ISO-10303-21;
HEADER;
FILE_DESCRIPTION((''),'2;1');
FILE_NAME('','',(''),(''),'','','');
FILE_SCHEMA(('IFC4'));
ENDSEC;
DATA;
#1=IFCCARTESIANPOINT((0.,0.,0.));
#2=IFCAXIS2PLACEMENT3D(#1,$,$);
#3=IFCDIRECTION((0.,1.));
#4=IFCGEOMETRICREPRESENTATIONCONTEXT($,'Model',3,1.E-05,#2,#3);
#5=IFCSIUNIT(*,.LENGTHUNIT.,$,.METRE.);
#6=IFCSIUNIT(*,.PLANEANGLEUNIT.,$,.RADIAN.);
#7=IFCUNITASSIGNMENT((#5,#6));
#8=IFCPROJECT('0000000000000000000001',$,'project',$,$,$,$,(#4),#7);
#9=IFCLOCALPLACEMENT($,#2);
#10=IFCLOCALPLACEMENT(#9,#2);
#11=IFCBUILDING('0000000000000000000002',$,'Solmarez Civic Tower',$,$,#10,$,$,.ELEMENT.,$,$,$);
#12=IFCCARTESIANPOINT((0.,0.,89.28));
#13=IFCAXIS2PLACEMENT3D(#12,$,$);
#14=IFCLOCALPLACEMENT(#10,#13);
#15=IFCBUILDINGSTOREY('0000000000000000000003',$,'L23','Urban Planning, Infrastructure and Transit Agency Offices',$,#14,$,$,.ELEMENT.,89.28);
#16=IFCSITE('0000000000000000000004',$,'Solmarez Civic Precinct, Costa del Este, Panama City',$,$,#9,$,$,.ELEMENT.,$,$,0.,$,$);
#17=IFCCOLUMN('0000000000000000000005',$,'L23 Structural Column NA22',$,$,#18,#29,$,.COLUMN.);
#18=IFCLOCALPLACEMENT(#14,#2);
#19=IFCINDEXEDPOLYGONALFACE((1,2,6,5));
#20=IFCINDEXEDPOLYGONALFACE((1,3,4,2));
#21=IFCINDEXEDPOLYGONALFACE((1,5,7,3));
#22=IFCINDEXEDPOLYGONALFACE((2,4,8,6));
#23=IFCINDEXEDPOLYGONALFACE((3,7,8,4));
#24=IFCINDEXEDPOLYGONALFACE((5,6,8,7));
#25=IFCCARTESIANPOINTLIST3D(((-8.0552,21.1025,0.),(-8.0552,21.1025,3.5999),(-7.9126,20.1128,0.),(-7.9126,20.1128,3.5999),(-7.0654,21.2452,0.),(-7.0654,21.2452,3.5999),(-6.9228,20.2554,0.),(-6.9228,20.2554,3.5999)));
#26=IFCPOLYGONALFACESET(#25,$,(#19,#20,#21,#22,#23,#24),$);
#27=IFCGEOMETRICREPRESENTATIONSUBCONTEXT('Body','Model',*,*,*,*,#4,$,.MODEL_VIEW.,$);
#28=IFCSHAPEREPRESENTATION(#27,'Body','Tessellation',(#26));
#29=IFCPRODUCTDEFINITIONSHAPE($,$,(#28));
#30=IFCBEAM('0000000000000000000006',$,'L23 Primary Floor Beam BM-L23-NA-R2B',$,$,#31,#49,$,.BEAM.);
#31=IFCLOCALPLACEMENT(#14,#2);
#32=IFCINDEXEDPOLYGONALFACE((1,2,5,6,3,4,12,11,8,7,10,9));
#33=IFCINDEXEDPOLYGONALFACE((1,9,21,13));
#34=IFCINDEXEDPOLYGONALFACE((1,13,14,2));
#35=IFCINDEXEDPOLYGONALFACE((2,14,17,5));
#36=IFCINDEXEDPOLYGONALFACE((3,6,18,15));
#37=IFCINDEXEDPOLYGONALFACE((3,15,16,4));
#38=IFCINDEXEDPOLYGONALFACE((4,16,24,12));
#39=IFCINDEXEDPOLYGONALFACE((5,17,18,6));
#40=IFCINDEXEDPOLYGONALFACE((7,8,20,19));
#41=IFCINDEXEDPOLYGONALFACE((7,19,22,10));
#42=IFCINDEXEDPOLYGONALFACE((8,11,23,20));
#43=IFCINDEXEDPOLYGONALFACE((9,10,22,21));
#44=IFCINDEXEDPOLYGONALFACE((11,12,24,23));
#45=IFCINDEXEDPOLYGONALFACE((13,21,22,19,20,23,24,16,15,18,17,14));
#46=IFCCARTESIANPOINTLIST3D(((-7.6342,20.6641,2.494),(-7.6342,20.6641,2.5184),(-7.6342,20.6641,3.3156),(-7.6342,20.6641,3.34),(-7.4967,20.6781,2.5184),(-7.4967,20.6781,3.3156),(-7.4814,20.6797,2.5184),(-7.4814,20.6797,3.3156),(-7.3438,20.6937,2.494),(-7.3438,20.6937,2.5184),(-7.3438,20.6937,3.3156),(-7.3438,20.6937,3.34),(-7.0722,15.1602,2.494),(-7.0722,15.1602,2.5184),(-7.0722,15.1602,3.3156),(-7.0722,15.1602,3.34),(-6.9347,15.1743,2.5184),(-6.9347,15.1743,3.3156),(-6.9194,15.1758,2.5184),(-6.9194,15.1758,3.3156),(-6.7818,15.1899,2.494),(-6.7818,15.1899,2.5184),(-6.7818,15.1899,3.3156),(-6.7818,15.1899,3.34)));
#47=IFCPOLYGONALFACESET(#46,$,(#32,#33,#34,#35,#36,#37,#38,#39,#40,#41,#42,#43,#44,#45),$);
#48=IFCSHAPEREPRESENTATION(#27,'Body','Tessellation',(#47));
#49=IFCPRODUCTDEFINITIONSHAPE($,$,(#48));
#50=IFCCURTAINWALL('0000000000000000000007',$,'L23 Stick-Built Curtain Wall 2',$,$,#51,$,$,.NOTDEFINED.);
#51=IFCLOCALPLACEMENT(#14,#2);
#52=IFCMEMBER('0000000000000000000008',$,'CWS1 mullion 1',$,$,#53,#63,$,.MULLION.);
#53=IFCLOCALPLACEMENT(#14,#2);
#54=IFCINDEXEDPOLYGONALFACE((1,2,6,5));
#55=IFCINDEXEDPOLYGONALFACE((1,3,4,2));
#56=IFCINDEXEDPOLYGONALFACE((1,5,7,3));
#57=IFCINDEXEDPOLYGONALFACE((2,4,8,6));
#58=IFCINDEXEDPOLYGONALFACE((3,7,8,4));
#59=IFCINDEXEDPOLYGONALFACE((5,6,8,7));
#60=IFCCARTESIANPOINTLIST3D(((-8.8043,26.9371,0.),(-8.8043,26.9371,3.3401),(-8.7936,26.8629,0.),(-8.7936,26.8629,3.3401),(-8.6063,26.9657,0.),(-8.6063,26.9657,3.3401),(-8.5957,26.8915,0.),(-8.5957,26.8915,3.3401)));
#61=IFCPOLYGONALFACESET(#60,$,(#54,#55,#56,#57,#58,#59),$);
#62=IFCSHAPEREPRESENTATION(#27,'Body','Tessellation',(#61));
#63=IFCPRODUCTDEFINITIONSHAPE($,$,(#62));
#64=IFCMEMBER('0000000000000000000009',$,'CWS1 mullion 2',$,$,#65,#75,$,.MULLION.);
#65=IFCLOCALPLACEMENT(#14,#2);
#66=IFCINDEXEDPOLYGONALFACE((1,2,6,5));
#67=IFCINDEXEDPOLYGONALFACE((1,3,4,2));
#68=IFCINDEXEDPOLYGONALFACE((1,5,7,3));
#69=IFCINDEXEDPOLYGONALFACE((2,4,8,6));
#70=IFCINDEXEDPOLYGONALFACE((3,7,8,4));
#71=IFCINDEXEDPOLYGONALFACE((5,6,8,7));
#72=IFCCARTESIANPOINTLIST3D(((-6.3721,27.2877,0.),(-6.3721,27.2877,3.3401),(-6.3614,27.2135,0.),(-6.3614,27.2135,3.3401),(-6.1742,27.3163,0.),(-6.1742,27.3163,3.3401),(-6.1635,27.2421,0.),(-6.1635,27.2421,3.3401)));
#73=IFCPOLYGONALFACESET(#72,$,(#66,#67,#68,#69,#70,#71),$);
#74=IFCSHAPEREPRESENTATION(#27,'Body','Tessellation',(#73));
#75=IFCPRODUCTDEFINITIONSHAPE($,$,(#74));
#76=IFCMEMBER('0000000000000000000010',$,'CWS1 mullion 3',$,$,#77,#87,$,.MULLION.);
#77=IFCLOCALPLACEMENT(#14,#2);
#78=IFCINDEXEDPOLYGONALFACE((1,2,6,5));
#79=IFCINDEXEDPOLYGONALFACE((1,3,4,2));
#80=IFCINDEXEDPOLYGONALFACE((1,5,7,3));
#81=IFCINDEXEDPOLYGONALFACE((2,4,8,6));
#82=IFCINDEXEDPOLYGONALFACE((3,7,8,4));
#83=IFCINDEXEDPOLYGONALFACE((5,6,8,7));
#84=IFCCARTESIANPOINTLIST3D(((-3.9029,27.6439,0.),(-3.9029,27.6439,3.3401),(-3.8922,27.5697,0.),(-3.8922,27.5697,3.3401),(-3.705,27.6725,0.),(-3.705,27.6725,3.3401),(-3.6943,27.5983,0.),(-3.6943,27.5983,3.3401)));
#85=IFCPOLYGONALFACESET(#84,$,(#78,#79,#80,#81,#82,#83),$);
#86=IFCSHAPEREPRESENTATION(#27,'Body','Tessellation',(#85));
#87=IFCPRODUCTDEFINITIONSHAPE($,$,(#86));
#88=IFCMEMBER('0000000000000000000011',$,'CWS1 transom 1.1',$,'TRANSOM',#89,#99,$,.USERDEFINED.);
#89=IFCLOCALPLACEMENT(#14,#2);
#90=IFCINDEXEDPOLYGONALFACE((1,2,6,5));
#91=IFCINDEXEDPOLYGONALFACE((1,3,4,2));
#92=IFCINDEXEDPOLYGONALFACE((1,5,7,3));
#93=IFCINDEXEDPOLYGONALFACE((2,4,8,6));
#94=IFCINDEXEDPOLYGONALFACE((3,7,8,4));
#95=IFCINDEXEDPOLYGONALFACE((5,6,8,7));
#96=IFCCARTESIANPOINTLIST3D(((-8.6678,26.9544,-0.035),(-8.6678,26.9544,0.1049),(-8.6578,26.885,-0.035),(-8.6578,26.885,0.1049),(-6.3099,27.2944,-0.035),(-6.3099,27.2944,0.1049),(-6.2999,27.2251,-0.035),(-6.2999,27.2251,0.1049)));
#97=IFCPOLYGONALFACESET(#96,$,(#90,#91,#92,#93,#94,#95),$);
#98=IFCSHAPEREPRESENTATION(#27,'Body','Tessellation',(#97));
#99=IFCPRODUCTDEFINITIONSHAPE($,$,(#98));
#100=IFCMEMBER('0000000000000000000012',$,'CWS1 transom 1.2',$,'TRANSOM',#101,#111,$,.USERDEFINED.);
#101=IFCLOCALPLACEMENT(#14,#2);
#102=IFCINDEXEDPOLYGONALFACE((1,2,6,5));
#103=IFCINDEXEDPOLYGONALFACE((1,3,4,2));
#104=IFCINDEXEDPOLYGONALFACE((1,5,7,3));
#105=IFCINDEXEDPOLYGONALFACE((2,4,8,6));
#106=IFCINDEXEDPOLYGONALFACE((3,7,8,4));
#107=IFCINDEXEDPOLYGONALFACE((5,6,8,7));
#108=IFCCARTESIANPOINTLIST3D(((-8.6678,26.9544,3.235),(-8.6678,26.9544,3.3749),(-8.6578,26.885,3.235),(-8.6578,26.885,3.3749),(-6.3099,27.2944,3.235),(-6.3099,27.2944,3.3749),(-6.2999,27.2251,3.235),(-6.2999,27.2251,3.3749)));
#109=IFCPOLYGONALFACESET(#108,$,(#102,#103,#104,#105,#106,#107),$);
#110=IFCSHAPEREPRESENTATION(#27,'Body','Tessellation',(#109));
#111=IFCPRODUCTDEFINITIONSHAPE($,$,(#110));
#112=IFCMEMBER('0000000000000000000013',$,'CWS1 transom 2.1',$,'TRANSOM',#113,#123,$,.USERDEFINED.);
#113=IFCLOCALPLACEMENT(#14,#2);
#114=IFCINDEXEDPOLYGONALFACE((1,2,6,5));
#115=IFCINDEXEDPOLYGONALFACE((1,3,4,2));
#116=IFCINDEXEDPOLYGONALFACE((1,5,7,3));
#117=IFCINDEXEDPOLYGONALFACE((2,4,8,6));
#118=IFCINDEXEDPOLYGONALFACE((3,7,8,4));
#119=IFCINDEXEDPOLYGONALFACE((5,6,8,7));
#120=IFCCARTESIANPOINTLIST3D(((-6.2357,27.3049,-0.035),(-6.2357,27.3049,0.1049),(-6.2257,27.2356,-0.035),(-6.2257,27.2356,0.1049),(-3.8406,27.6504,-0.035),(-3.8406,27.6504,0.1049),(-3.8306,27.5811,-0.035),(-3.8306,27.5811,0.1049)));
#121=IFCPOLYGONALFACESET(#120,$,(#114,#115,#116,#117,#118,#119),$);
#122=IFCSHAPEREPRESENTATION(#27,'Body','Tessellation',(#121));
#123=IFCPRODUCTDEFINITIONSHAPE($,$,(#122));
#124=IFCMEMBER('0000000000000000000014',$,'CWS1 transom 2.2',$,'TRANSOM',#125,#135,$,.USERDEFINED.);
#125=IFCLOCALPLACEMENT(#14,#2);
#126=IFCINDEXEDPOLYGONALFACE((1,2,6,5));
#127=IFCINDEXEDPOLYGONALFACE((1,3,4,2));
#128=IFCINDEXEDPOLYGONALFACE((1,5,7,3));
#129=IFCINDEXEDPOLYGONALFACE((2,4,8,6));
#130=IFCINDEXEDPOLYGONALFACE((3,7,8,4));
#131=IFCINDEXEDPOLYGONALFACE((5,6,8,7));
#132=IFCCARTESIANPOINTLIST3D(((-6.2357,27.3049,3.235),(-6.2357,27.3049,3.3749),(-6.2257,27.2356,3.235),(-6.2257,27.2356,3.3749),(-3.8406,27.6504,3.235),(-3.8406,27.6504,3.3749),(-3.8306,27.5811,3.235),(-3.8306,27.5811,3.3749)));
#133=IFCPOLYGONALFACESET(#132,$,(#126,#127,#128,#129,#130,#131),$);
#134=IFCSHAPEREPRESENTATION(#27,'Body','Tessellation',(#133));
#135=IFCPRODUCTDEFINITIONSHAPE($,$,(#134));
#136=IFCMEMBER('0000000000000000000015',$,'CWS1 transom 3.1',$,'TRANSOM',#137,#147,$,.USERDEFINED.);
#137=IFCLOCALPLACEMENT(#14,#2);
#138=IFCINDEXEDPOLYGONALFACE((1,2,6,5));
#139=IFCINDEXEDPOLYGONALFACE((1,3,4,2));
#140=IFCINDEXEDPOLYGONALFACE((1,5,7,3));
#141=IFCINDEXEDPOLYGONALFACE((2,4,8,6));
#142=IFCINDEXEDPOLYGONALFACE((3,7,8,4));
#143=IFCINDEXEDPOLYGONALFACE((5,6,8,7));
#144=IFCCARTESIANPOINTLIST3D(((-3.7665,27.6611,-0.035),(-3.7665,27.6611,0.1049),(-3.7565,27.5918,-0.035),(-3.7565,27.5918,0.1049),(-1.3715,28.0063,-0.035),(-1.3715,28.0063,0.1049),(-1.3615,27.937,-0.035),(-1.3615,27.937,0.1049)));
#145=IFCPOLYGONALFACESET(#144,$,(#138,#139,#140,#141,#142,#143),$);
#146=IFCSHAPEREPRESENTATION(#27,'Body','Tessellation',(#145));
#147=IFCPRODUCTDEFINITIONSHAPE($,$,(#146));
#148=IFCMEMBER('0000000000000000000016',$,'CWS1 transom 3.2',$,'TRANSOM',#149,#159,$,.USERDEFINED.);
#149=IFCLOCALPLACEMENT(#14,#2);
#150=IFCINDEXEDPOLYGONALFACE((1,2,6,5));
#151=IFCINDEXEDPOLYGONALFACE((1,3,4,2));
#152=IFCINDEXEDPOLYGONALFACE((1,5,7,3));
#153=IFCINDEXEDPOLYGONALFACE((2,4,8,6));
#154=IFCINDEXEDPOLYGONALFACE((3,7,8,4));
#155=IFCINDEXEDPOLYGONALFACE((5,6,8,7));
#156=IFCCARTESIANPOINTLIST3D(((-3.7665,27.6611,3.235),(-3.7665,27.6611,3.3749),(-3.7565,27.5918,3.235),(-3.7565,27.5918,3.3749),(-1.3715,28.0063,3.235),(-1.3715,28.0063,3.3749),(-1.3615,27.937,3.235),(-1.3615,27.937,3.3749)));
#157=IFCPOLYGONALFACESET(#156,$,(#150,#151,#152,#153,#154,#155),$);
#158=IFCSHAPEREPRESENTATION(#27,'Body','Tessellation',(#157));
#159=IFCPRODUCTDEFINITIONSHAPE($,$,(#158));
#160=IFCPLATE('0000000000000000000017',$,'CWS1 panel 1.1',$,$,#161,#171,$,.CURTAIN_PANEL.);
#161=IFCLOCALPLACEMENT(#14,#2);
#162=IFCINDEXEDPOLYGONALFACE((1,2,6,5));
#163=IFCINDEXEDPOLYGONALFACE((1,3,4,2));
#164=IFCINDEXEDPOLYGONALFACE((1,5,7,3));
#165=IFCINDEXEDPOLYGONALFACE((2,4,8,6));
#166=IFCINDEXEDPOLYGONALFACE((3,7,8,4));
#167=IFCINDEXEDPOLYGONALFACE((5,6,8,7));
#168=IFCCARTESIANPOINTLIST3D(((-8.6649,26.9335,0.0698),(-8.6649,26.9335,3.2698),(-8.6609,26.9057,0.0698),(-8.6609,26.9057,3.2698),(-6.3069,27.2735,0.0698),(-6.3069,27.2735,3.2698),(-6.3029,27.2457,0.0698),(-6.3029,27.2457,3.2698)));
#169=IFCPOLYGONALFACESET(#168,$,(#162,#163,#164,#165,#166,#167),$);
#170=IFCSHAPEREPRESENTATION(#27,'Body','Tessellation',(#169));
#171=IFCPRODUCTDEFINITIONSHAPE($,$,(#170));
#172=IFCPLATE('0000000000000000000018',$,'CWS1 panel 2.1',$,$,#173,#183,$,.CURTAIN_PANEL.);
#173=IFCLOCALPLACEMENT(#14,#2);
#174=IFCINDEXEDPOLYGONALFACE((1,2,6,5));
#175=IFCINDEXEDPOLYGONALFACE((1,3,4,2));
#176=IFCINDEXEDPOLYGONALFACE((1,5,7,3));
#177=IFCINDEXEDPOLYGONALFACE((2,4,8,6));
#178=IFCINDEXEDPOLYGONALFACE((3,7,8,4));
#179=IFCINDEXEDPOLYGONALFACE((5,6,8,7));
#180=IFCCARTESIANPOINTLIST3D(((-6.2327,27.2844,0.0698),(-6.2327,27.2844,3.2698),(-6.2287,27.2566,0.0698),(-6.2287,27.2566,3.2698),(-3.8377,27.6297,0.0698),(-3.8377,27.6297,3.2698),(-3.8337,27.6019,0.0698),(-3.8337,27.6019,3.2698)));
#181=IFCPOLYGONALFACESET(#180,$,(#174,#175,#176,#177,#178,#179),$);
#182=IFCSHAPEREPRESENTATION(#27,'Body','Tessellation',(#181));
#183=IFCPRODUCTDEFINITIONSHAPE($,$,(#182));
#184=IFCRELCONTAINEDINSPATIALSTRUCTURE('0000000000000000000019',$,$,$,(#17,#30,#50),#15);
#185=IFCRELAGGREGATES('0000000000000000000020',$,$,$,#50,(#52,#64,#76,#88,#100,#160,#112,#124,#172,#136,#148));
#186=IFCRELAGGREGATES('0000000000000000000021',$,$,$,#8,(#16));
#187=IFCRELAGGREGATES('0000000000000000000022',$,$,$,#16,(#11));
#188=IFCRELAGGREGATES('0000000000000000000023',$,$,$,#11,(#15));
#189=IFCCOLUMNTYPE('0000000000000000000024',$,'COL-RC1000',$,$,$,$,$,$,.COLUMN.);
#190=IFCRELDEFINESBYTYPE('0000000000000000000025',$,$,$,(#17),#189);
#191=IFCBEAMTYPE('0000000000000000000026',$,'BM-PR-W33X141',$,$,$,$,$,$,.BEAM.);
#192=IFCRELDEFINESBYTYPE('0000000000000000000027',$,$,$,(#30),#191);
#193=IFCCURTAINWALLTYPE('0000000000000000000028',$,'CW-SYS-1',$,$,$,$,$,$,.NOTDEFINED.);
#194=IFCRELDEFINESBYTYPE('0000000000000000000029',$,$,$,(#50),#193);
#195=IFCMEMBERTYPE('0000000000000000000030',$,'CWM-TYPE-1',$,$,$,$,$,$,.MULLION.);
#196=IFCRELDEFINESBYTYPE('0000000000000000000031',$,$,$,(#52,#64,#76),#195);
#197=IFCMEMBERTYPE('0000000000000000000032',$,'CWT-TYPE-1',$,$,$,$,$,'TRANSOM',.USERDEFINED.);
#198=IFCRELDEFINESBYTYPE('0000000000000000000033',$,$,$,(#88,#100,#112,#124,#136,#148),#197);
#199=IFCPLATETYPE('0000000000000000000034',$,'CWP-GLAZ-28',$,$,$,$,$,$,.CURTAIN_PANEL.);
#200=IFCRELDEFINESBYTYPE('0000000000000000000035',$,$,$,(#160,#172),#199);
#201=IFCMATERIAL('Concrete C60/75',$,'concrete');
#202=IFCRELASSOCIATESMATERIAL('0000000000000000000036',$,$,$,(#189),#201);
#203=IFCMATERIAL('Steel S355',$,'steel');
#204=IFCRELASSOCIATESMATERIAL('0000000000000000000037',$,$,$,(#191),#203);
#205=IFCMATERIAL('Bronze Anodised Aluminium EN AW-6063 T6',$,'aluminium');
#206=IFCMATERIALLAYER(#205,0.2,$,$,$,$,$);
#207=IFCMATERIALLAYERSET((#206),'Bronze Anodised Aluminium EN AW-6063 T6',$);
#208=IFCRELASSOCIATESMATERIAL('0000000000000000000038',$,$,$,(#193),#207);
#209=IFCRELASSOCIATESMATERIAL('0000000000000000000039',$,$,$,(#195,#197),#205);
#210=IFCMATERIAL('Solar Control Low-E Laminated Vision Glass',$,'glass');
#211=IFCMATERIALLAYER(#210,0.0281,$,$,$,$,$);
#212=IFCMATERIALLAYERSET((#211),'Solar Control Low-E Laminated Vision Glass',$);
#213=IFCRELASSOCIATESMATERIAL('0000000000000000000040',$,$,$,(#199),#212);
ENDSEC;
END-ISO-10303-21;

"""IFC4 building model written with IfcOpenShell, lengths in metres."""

from ifc_helpers import new_model, si_unit, direction, frame, origin, origin_2d, place, context, subcontext, project, spatial, rectangle, i_section, extrude, material, layer, layer_set, material_profile, profile_set, type_object, element, aggregate, save


model = new_model("IFC4")

# Units and contexts
model_context = context("Model", 3, precision=1e-05, world=origin(), true_north=direction((0.0, 1.0)))
body_context = subcontext(model_context, "Body", "Model", "MODEL_VIEW")
ifc_project = project(units=[si_unit("LENGTHUNIT", "METRE"), si_unit("PLANEANGLEUNIT", "RADIAN")], contexts=[model_context])

# Site, building, storey
site_placement = place(None, origin())
site = spatial("IfcSite", under=ifc_project, at=site_placement, Name="Solmarez Civic Precinct, Costa del Este, Panama City", CompositionType="ELEMENT", RefElevation=0.0)
building_placement = place(site_placement, origin())
building = spatial("IfcBuilding", under=site, at=building_placement, Name="Solmarez Civic Tower", CompositionType="ELEMENT")
storey_placement = place(building_placement, frame((0.0, 0.0, 89.28)))
storey = spatial("IfcBuildingStorey", under=building, at=storey_placement, Name="L23", Description="Urban Planning, Infrastructure and Transit Agency Offices", CompositionType="ELEMENT", Elevation=89.28)

# Column
ifc_material_1 = material(Name="Concrete C60/75", Category="concrete")
ifc_material_profile_1 = material_profile(ifc_material_1, rectangle(XDim=1.0, YDim=1.0, at=origin_2d()), Name="RC1000X1000")
ifc_profile_set_1 = profile_set([ifc_material_profile_1], Name="Concrete C60/75")
column_type = type_object("IfcColumnType", Name="COL-RC1000", PredefinedType="COLUMN", material=ifc_profile_set_1)
column_placement = place(storey_placement, frame((-7.489, 20.679, 0.0), z_axis=(0.0, 0.0, 1.0), x_axis=(0.989776, 0.142629, 0.0)))
element("IfcColumn", 1, at=column_placement, inside=storey, type_object=column_type, Name="L23 Structural Column NA22", PredefinedType="COLUMN", context=body_context, shape_type="SweptSolid", body=[
    extrude(rectangle(XDim=1.0, YDim=1.0, at=origin_2d()), origin(), (0.0, 0.0, 1.0), 3.5999),
])

# Beam
ifc_material_2 = material(Name="Steel S355", Category="steel")
ifc_material_profile_2 = material_profile(ifc_material_2, i_section(OverallWidth=0.292, OverallDepth=0.8459, WebThickness=0.0154, FlangeThickness=0.0244, at=origin_2d()), Name="W33X141")
ifc_profile_set_2 = profile_set([ifc_material_profile_2], Name="Steel S355")
beam_type = type_object("IfcBeamType", Name="BM-PR-W33X141", PredefinedType="BEAM", material=ifc_profile_set_2)
beam_placement = place(storey_placement, frame((-6.927, 15.175, 2.917), z_axis=(-0.101583, 0.994827, 0.0), x_axis=(-0.994827, -0.101583, 0.0)))
element("IfcBeam", 2, at=beam_placement, inside=storey, type_object=beam_type, Name="L23 Primary Floor Beam BM-L23-NA-R2B", PredefinedType="BEAM", context=body_context, shape_type="SweptSolid", body=[
    extrude(i_section(OverallWidth=0.292, OverallDepth=0.8459, WebThickness=0.0154, FlangeThickness=0.0244, at=origin_2d()), origin(), (0.0, 0.0, 1.0), 5.5325),
])

# Curtain wall, members, plates
ifc_material_3 = material(Name="Bronze Anodised Aluminium EN AW-6063 T6", Category="aluminium")
ifc_layer_1 = layer(ifc_material_3, 0.2)
ifc_layer_set_1 = layer_set([ifc_layer_1], Name="Bronze Anodised Aluminium EN AW-6063 T6")
curtain_wall_type = type_object("IfcCurtainWallType", Name="CW-SYS-1", PredefinedType="NOTDEFINED", material=ifc_layer_set_1)
curtain_wall_placement = place(storey_placement, origin())
curtain_wall = element("IfcCurtainWall", 3, at=curtain_wall_placement, inside=storey, type_object=curtain_wall_type, Name="L23 Stick-Built Curtain Wall 2", PredefinedType="NOTDEFINED")
ifc_material_profile_3 = material_profile(ifc_material_3, rectangle(XDim=0.075, YDim=0.2, at=origin_2d()), Name="CWM-75X200")
ifc_profile_set_3 = profile_set([ifc_material_profile_3], Name="Bronze Anodised Aluminium EN AW-6063 T6")
member_type_1 = type_object("IfcMemberType", Name="CWM-TYPE-1", PredefinedType="MULLION", material=ifc_profile_set_3)
member_1_placement = place(storey_placement, frame((-8.7, 26.9143, 0.0), z_axis=(0.0, 0.0, 1.0), x_axis=(-0.142698, 0.989766, 0.0)))
member_1 = element("IfcMember", 4, at=member_1_placement, type_object=member_type_1, Name="CWS1 mullion 1", PredefinedType="MULLION", context=body_context, shape_type="SweptSolid", body=[
    extrude(rectangle(XDim=0.075, YDim=0.2, at=origin_2d()), origin(), (0.0, 0.0, 1.0), 3.3401),
])
member_2_placement = place(storey_placement, frame((-6.2678, 27.2649, 0.0), z_axis=(0.0, 0.0, 1.0), x_axis=(-0.142698, 0.989766, 0.0)))
member_2 = element("IfcMember", 5, at=member_2_placement, type_object=member_type_1, Name="CWS1 mullion 2", PredefinedType="MULLION", context=body_context, shape_type="SweptSolid", body=[
    extrude(rectangle(XDim=0.075, YDim=0.2, at=origin_2d()), origin(), (0.0, 0.0, 1.0), 3.3401),
])
member_3_placement = place(storey_placement, frame((-3.7986, 27.6211, 0.0), z_axis=(0.0, 0.0, 1.0), x_axis=(-0.142698, 0.989766, 0.0)))
member_3 = element("IfcMember", 6, at=member_3_placement, type_object=member_type_1, Name="CWS1 mullion 3", PredefinedType="MULLION", context=body_context, shape_type="SweptSolid", body=[
    extrude(rectangle(XDim=0.075, YDim=0.2, at=origin_2d()), origin(), (0.0, 0.0, 1.0), 3.3401),
])
ifc_material_profile_4 = material_profile(ifc_material_3, rectangle(XDim=0.0701, YDim=0.1399, at=origin_2d()), Name="CWT-70X140")
ifc_profile_set_4 = profile_set([ifc_material_profile_4], Name="Bronze Anodised Aluminium EN AW-6063 T6")
member_type_2 = type_object("IfcMemberType", Name="CWT-TYPE-1", ElementType="TRANSOM", PredefinedType="USERDEFINED", material=ifc_profile_set_4)
member_4_placement = place(storey_placement, frame((-8.6628, 26.9197, 0.0349), z_axis=(0.989758, 0.142756, 0.0), x_axis=(-0.142756, 0.989758, 0.0)))
member_4 = element("IfcMember", 7, at=member_4_placement, type_object=member_type_2, Name="CWS1 transom 1.1", ObjectType="TRANSOM", PredefinedType="USERDEFINED", context=body_context, shape_type="SweptSolid", body=[
    extrude(rectangle(XDim=0.0701, YDim=0.1399, at=origin_2d()), origin(), (0.0, 0.0, 1.0), 2.3823),
])
member_5_placement = place(storey_placement, frame((-8.6628, 26.9197, 3.3049), z_axis=(0.989758, 0.142756, 0.0), x_axis=(-0.142756, 0.989758, 0.0)))
member_5 = element("IfcMember", 8, at=member_5_placement, type_object=member_type_2, Name="CWS1 transom 1.2", ObjectType="TRANSOM", PredefinedType="USERDEFINED", context=body_context, shape_type="SweptSolid", body=[
    extrude(rectangle(XDim=0.0701, YDim=0.1399, at=origin_2d()), origin(), (0.0, 0.0, 1.0), 2.3823),
])
member_6_placement = place(storey_placement, frame((-6.2307, 27.2703, 0.0349), z_axis=(0.989757, 0.142763, 0.0), x_axis=(-0.142763, 0.989757, 0.0)))
member_6 = element("IfcMember", 9, at=member_6_placement, type_object=member_type_2, Name="CWS1 transom 2.1", ObjectType="TRANSOM", PredefinedType="USERDEFINED", context=body_context, shape_type="SweptSolid", body=[
    extrude(rectangle(XDim=0.0701, YDim=0.1399, at=origin_2d()), origin(), (0.0, 0.0, 1.0), 2.4199),
])
member_7_placement = place(storey_placement, frame((-6.2307, 27.2703, 3.3049), z_axis=(0.989757, 0.142763, 0.0), x_axis=(-0.142763, 0.989757, 0.0)))
member_7 = element("IfcMember", 10, at=member_7_placement, type_object=member_type_2, Name="CWS1 transom 2.2", ObjectType="TRANSOM", PredefinedType="USERDEFINED", context=body_context, shape_type="SweptSolid", body=[
    extrude(rectangle(XDim=0.0701, YDim=0.1399, at=origin_2d()), origin(), (0.0, 0.0, 1.0), 2.4199),
])
member_8_placement = place(storey_placement, frame((-3.7615, 27.6265, 0.0349), z_axis=(0.989771, 0.142664, 0.0), x_axis=(-0.142664, 0.989771, 0.0)))
member_8 = element("IfcMember", 11, at=member_8_placement, type_object=member_type_2, Name="CWS1 transom 3.1", ObjectType="TRANSOM", PredefinedType="USERDEFINED", context=body_context, shape_type="SweptSolid", body=[
    extrude(rectangle(XDim=0.0701, YDim=0.1399, at=origin_2d()), origin(), (0.0, 0.0, 1.0), 2.4197),
])
member_9_placement = place(storey_placement, frame((-3.7615, 27.6265, 3.3049), z_axis=(0.989771, 0.142664, 0.0), x_axis=(-0.142664, 0.989771, 0.0)))
member_9 = element("IfcMember", 12, at=member_9_placement, type_object=member_type_2, Name="CWS1 transom 3.2", ObjectType="TRANSOM", PredefinedType="USERDEFINED", context=body_context, shape_type="SweptSolid", body=[
    extrude(rectangle(XDim=0.0701, YDim=0.1399, at=origin_2d()), origin(), (0.0, 0.0, 1.0), 2.4197),
])
ifc_material_4 = material(Name="Solar Control Low-E Laminated Vision Glass", Category="glass")
ifc_layer_2 = layer(ifc_material_4, 0.0281)
ifc_layer_set_2 = layer_set([ifc_layer_2], Name="Solar Control Low-E Laminated Vision Glass")
plate_type_1 = type_object("IfcPlateType", Name="CWP-GLAZ-28", PredefinedType="CURTAIN_PANEL", material=ifc_layer_set_2)
plate_1_placement = place(storey_placement, frame((-7.4839, 27.0896, 0.0698), z_axis=(0.0, 0.0, 1.0), x_axis=(0.989766, 0.142698, 0.0)))
plate_1 = element("IfcPlate", 13, at=plate_1_placement, type_object=plate_type_1, Name="CWS1 panel 1.1", PredefinedType="CURTAIN_PANEL", context=body_context, shape_type="SweptSolid", body=[
    extrude(rectangle(XDim=2.3823, YDim=0.0281, at=origin_2d()), origin(), (0.0, 0.0, 1.0), 3.2),
])
plate_2_placement = place(storey_placement, frame((-5.0332, 27.4431, 0.0698), z_axis=(0.0, 0.0, 1.0), x_axis=(0.989766, 0.142698, 0.0)))
plate_2 = element("IfcPlate", 14, at=plate_2_placement, type_object=plate_type_1, Name="CWS1 panel 2.1", PredefinedType="CURTAIN_PANEL", context=body_context, shape_type="SweptSolid", body=[
    extrude(rectangle(XDim=2.4197, YDim=0.0281, at=origin_2d()), origin(), (0.0, 0.0, 1.0), 3.2),
])
aggregate(curtain_wall, [member_1, member_2, member_3, member_4, member_5, plate_1, member_6, member_7, plate_2, member_8, member_9])

save(model, "model.ifc")
